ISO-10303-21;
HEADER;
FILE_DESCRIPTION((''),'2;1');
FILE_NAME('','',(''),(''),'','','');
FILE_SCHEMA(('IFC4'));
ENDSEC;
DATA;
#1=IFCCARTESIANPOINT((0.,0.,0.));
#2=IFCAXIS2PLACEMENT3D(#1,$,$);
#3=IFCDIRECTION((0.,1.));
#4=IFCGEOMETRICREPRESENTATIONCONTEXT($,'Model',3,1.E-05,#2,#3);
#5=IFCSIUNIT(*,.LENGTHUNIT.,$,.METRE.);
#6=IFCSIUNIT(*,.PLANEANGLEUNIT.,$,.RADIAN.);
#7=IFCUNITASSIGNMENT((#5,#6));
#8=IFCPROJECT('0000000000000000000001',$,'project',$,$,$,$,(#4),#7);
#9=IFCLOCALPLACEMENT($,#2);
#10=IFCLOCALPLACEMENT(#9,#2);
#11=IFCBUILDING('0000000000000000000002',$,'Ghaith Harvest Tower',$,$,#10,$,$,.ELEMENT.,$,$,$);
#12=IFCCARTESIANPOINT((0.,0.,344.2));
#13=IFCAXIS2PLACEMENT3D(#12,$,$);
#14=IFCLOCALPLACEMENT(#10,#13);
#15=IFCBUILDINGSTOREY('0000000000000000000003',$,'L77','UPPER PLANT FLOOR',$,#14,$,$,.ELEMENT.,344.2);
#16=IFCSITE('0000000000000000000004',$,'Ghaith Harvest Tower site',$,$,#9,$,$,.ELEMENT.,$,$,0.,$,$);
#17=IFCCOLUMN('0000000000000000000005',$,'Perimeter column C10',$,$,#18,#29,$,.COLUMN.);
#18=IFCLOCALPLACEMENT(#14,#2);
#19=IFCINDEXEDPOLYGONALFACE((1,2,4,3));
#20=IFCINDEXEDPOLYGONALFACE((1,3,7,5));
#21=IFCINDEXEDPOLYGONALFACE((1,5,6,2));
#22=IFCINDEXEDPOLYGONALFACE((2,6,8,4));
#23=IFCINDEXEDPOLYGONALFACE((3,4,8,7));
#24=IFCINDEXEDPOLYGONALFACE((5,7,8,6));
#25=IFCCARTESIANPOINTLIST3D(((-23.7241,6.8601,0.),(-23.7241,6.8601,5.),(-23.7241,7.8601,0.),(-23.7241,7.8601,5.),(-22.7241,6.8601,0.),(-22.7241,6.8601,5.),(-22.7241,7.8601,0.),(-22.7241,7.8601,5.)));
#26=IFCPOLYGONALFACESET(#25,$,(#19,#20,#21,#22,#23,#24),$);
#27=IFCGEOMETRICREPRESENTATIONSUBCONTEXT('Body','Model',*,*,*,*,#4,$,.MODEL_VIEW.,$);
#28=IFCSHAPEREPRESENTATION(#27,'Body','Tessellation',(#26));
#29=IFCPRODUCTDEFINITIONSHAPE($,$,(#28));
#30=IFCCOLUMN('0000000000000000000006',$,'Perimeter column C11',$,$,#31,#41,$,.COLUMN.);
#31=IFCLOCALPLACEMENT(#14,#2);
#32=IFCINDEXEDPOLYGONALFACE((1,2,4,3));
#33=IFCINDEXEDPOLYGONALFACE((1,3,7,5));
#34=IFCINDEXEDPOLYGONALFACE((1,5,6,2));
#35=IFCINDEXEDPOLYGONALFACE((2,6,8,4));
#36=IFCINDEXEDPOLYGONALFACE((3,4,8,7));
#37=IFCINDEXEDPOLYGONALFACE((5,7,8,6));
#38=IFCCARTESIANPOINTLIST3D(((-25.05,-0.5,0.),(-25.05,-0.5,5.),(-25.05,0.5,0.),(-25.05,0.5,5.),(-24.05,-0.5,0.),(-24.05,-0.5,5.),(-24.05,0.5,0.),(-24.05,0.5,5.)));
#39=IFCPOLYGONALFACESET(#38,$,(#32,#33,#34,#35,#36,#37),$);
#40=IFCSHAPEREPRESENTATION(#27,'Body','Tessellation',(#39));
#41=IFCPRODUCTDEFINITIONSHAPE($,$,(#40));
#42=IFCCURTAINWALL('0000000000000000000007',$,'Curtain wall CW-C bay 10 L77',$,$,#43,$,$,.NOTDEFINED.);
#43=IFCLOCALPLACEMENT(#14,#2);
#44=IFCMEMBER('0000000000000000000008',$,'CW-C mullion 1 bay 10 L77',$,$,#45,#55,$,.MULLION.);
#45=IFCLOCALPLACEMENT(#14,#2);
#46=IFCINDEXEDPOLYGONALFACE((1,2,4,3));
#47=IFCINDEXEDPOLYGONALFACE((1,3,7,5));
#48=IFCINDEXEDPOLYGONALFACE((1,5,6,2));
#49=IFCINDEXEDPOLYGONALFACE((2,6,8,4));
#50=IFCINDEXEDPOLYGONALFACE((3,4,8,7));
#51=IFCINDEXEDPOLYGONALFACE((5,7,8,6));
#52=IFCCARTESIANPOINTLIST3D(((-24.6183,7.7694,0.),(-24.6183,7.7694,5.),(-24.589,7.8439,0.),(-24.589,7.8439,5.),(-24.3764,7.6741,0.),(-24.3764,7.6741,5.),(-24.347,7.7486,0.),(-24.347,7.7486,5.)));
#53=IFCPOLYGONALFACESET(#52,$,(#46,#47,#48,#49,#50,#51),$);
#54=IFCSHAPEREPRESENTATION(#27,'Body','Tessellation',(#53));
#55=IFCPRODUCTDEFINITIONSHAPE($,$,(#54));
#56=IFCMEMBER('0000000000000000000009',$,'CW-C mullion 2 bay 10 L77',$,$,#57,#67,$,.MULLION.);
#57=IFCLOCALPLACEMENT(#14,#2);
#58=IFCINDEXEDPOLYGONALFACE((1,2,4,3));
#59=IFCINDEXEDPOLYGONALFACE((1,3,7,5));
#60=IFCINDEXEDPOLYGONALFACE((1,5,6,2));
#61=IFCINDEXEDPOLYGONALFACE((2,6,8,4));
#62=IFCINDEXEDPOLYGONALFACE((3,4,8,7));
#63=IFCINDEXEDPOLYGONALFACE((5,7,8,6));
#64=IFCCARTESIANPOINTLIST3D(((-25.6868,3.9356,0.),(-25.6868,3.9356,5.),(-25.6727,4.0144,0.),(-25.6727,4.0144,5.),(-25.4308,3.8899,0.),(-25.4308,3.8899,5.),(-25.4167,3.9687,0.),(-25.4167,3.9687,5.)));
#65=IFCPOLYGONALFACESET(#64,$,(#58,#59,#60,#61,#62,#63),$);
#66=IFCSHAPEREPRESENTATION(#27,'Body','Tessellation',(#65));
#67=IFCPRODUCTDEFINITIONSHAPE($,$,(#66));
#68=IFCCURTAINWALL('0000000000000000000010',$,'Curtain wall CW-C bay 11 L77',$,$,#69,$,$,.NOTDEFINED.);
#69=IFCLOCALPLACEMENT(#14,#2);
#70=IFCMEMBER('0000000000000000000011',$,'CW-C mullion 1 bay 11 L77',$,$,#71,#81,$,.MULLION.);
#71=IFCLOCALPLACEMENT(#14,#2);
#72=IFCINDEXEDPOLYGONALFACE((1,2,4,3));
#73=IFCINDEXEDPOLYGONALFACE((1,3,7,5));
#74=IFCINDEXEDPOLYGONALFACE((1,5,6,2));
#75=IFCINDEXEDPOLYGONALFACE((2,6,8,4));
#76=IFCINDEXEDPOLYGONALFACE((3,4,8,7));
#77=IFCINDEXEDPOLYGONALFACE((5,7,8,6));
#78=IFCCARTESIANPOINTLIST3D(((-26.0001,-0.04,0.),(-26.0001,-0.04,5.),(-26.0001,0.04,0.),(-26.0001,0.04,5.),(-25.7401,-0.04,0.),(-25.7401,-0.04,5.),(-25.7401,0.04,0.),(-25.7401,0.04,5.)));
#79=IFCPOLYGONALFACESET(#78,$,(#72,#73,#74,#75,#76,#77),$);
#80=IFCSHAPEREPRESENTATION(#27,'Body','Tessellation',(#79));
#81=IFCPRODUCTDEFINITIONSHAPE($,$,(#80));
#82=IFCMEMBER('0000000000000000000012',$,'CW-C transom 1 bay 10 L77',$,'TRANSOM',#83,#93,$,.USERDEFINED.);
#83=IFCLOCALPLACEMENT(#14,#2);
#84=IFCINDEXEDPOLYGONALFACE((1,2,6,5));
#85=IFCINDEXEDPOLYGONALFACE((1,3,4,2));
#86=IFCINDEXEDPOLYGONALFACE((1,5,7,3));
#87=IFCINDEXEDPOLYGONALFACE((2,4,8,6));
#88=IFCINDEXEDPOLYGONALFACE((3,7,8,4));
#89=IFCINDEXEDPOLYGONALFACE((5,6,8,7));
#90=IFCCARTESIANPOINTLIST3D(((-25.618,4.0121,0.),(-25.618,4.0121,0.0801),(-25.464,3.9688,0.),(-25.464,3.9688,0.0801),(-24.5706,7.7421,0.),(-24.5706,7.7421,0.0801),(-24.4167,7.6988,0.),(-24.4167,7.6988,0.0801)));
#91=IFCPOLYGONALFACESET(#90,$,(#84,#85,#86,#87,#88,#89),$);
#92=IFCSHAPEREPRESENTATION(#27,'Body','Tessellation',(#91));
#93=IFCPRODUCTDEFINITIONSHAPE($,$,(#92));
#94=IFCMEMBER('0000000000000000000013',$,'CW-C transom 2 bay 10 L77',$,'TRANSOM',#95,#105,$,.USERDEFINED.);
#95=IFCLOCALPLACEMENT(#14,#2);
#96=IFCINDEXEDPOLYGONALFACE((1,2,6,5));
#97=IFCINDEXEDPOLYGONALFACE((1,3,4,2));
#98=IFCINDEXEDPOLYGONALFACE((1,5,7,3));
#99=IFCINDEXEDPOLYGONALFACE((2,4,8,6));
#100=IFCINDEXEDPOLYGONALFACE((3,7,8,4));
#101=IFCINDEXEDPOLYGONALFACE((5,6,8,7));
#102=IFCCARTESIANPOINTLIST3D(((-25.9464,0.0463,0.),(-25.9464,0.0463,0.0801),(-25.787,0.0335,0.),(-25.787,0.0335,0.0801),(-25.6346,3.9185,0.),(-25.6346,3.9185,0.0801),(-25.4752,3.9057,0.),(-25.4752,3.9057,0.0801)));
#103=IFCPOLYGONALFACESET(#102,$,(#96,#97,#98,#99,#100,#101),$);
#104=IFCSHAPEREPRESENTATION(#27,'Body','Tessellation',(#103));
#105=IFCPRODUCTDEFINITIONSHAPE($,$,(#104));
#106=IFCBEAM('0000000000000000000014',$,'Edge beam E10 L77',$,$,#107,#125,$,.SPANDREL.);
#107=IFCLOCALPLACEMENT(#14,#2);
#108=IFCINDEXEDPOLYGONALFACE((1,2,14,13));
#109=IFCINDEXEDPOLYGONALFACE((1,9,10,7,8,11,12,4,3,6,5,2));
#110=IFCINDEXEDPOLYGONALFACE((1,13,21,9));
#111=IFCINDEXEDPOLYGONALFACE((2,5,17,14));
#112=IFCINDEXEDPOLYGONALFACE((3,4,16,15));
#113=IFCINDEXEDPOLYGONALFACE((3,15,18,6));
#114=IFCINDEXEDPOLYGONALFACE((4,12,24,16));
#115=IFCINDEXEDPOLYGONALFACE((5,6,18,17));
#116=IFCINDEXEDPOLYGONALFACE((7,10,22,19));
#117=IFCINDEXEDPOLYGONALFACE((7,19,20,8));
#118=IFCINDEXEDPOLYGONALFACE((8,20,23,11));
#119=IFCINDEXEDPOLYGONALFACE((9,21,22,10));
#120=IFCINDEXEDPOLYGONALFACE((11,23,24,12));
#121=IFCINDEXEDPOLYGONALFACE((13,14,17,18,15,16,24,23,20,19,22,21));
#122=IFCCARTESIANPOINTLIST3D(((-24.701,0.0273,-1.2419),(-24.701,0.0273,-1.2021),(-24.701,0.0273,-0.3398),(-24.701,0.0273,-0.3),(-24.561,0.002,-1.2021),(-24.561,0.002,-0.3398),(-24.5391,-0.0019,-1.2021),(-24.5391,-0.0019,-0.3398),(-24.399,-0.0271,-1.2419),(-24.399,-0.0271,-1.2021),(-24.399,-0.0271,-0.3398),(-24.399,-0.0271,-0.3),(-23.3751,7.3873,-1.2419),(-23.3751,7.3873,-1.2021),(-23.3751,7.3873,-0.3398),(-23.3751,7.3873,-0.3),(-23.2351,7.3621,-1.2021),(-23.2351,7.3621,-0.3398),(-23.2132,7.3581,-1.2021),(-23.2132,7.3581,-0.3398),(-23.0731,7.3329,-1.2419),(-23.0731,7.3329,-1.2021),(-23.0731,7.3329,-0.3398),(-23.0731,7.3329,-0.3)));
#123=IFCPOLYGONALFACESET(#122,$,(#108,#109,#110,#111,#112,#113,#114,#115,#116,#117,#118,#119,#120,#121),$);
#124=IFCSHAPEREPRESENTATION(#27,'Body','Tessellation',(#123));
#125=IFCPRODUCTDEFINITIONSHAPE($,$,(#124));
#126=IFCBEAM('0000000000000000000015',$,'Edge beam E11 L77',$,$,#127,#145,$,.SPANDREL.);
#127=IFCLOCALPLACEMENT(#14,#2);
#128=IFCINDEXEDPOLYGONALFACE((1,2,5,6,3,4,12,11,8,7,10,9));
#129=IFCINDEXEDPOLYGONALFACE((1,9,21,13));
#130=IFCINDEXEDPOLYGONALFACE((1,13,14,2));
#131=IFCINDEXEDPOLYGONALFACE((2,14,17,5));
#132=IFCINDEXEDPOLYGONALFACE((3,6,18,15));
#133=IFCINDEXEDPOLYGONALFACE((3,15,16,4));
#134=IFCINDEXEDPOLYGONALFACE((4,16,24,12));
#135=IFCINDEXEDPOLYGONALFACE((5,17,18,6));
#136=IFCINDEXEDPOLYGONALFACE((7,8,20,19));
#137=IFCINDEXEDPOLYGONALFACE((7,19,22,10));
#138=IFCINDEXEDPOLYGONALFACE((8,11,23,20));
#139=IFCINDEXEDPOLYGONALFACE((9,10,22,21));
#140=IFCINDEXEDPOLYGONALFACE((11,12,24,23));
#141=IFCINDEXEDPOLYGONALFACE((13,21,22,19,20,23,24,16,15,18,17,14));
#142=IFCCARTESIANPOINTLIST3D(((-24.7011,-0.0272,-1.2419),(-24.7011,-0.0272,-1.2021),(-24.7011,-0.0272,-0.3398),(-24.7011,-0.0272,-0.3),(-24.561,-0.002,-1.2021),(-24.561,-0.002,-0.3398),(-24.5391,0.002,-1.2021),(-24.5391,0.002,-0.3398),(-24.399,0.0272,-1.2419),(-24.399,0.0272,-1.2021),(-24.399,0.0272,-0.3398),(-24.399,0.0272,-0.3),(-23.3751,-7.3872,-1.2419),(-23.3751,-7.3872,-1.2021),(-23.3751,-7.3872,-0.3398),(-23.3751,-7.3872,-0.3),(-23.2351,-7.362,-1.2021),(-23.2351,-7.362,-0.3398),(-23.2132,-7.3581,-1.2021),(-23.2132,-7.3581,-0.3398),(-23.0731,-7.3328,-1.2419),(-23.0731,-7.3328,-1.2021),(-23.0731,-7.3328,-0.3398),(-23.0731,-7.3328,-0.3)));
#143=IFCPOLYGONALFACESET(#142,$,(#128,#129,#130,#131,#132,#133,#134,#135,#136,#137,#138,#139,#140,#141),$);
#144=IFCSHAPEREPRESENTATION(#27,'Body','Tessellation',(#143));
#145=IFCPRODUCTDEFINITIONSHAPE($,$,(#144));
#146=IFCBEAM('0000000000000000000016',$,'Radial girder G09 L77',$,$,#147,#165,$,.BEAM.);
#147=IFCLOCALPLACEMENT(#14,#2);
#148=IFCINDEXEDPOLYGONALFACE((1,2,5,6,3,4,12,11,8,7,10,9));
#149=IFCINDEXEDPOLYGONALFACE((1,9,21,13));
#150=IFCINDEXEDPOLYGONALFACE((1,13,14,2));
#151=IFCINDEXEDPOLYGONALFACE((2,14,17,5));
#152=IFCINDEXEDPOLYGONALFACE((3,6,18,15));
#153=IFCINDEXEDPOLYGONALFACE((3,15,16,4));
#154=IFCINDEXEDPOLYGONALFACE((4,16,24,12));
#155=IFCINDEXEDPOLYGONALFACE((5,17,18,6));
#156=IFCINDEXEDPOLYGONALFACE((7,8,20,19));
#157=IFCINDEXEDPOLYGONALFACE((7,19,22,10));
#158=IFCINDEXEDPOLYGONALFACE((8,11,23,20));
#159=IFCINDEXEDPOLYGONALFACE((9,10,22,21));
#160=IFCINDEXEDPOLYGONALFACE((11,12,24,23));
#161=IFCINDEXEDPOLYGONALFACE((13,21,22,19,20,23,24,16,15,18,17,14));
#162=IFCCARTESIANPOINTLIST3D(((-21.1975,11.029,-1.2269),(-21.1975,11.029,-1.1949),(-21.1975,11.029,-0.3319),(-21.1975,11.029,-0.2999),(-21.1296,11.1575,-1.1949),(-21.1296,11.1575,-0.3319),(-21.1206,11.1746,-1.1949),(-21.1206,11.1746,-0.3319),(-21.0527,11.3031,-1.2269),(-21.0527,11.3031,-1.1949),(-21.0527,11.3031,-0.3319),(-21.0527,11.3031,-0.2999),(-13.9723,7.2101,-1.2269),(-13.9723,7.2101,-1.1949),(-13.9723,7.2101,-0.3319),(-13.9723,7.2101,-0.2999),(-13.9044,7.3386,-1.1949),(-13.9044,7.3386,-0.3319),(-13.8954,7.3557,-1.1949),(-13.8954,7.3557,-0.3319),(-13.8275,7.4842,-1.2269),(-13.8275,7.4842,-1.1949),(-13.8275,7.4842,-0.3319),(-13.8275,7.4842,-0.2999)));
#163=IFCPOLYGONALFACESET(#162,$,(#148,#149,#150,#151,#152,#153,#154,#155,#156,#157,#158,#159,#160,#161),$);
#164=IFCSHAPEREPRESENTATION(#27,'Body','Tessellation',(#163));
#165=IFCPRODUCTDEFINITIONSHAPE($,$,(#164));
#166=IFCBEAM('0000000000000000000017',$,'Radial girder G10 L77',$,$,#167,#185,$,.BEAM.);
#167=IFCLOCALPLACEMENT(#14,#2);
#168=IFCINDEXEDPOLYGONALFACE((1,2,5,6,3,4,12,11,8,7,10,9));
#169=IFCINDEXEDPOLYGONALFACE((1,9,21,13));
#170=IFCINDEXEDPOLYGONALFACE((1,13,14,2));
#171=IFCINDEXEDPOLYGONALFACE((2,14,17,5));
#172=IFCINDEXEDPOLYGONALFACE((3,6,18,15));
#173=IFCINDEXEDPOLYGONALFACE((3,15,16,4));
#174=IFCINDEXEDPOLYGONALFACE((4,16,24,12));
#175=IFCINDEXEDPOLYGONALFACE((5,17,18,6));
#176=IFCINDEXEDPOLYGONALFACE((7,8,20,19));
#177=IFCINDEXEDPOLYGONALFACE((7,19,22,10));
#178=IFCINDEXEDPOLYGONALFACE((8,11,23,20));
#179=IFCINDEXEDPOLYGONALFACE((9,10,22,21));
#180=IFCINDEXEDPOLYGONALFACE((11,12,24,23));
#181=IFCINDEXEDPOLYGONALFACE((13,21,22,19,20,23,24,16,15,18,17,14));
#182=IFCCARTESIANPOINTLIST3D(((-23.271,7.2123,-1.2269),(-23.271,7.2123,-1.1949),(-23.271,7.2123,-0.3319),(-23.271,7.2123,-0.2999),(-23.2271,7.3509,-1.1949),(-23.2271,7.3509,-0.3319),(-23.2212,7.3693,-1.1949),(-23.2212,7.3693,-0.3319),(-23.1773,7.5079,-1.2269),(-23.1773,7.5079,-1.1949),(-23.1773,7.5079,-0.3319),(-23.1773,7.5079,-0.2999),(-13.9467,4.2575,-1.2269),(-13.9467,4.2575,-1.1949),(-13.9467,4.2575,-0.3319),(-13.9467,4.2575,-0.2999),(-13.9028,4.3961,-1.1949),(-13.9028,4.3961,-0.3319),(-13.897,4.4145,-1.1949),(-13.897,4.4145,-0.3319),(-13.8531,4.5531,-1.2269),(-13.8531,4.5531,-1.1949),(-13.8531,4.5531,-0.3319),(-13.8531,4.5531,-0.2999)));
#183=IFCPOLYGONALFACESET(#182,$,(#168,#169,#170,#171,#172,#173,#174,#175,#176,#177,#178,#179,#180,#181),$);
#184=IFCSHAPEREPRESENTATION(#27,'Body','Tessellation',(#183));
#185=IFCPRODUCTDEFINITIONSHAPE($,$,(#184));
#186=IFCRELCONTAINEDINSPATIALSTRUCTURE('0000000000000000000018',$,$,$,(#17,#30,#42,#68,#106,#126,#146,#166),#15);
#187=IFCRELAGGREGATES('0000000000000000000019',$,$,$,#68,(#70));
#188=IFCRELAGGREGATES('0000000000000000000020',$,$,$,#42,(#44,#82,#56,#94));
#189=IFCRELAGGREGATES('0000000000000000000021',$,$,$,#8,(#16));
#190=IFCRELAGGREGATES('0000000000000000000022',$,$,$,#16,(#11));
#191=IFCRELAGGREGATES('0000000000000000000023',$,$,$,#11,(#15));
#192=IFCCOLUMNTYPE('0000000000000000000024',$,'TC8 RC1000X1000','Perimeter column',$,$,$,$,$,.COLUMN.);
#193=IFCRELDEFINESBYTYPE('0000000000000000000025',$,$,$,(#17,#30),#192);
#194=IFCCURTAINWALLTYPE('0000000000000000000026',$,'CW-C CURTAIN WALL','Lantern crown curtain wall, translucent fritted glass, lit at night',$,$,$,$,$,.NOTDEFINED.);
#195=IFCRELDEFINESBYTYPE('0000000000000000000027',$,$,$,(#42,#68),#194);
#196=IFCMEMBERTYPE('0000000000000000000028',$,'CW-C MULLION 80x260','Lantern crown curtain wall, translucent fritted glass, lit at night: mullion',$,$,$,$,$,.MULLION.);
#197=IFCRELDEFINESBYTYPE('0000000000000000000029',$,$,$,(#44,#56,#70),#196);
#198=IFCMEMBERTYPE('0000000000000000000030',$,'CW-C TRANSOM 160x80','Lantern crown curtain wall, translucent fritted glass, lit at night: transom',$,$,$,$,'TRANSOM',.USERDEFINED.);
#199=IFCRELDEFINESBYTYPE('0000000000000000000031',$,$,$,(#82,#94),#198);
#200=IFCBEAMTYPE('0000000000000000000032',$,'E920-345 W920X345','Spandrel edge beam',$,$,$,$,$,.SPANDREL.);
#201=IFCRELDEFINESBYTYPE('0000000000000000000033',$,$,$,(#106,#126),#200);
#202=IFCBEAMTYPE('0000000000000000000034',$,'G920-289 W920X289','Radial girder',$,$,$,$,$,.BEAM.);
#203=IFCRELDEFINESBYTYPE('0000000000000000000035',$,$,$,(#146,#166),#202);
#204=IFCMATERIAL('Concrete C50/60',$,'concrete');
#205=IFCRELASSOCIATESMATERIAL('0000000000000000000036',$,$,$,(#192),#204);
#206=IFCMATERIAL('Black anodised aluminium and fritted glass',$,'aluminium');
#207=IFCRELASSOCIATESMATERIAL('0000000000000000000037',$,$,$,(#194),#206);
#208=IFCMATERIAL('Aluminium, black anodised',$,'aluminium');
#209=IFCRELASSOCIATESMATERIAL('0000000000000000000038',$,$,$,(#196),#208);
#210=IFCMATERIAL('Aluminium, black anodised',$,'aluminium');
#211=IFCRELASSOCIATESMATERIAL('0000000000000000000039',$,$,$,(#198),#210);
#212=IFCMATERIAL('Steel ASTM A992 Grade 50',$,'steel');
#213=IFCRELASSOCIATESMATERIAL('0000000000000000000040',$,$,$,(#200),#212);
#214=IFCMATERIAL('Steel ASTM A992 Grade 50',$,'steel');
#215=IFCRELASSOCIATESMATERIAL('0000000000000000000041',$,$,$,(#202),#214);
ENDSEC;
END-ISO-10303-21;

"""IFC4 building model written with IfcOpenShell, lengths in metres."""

from ifc_helpers import new_model, si_unit, direction, frame, origin, origin_2d, place, context, subcontext, project, spatial, rectangle, i_section, extrude, material, material_profile, profile_set, type_object, element, aggregate, save


model = new_model("IFC4")

# Units and contexts
model_context = context("Model", 3, precision=1e-05, world=origin(), true_north=direction((0.0, 1.0)))
body_context = subcontext(model_context, "Body", "Model", "MODEL_VIEW")
ifc_project = project(units=[si_unit("LENGTHUNIT", "METRE"), si_unit("PLANEANGLEUNIT", "RADIAN")], contexts=[model_context])

# Site, building, storey
site_placement = place(None, origin())
site = spatial("IfcSite", under=ifc_project, at=site_placement, Name="Ghaith Harvest Tower site", CompositionType="ELEMENT", RefElevation=0.0)
building_placement = place(site_placement, origin())
building = spatial("IfcBuilding", under=site, at=building_placement, Name="Ghaith Harvest Tower", CompositionType="ELEMENT")
storey_placement = place(building_placement, frame((0.0, 0.0, 344.2)))
storey = spatial("IfcBuildingStorey", under=building, at=storey_placement, Name="L77", Description="UPPER PLANT FLOOR", CompositionType="ELEMENT", Elevation=344.2)

# Columns
ifc_material_1 = material(Name="Concrete C50/60", Category="concrete")
ifc_material_profile_1 = material_profile(ifc_material_1, rectangle(XDim=1.0, YDim=1.0, at=origin_2d()), Name="RC1000X1000")
ifc_profile_set_1 = profile_set([ifc_material_profile_1], Name="Concrete C50/60")
column_type = type_object("IfcColumnType", Name="TC8 RC1000X1000", Description="Perimeter column", PredefinedType="COLUMN", material=ifc_profile_set_1)
for number, where, z_axis, x_axis, name in (
    (1, (-23.2241, 7.3601, 0.0), (0.0, 0.0, 1.0), (1.0, 0.0, 0.0), "Perimeter column C10"),
    (2, (-24.55, 0.0, 0.0), (0.0, 0.0, 1.0), (1.0, 0.0, 0.0), "Perimeter column C11"),
):
    element("IfcColumn", number, at=place(storey_placement, frame(where, z_axis=z_axis, x_axis=x_axis)), inside=storey, type_object=column_type, Name=name, PredefinedType="COLUMN", context=body_context, shape_type="SweptSolid", body=[
        extrude(rectangle(XDim=1.0, YDim=1.0, at=origin_2d()), origin(), (0.0, 0.0, 1.0), 5.0),
    ])

# Curtain wall, members
ifc_material_2 = material(Name="Black anodised aluminium and fritted glass", Category="aluminium")
curtain_wall_type = type_object("IfcCurtainWallType", Name="CW-C CURTAIN WALL", Description="Lantern crown curtain wall, translucent fritted glass, lit at night", PredefinedType="NOTDEFINED", material=ifc_material_2)
curtain_wall_1_placement = place(storey_placement, origin())
curtain_wall_1 = element("IfcCurtainWall", 3, at=curtain_wall_1_placement, inside=storey, type_object=curtain_wall_type, Name="Curtain wall CW-C bay 10 L77", PredefinedType="NOTDEFINED")
ifc_material_3 = material(Name="Aluminium, black anodised", Category="aluminium")
ifc_material_profile_2 = material_profile(ifc_material_3, rectangle(XDim=0.0801, YDim=0.26, at=origin_2d()), Name="CW-C MULLION 80x260")
ifc_profile_set_2 = profile_set([ifc_material_profile_2], Name="Aluminium, black anodised")
member_type_1 = type_object("IfcMemberType", Name="CW-C MULLION 80x260", Description="Lantern crown curtain wall, translucent fritted glass, lit at night: mullion", PredefinedType="MULLION", material=ifc_profile_set_2)
member_1_placement = place(storey_placement, frame((-24.4827, 7.759, 0.0), z_axis=(0.0, 0.0, 1.0), x_axis=(-0.366473, -0.930429, 0.0)))
member_1 = element("IfcMember", 4, at=member_1_placement, type_object=member_type_1, Name="CW-C mullion 1 bay 10 L77", PredefinedType="MULLION", context=body_context, shape_type="SweptSolid", body=[
    extrude(rectangle(XDim=0.0801, YDim=0.26, at=origin_2d()), origin(), (0.0, 0.0, 1.0), 5.0),
])
member_2_placement = place(storey_placement, frame((-25.5518, 3.9521, 0.0), z_axis=(0.0, 0.0, 1.0), x_axis=(-0.176001, -0.98439, 0.0)))
member_2 = element("IfcMember", 5, at=member_2_placement, type_object=member_type_1, Name="CW-C mullion 2 bay 10 L77", PredefinedType="MULLION", context=body_context, shape_type="SweptSolid", body=[
    extrude(rectangle(XDim=0.0801, YDim=0.26, at=origin_2d()), origin(), (0.0, 0.0, 1.0), 5.0),
])

# Curtain wall, member
curtain_wall_2_placement = place(storey_placement, origin())
curtain_wall_2 = element("IfcCurtainWall", 6, at=curtain_wall_2_placement, inside=storey, type_object=curtain_wall_type, Name="Curtain wall CW-C bay 11 L77", PredefinedType="NOTDEFINED")
member_3_placement = place(storey_placement, frame((-25.8701, 0.0, 0.0), z_axis=(0.0, 0.0, 1.0), x_axis=(0.0, -1.0, 0.0)))
member_3 = element("IfcMember", 7, at=member_3_placement, type_object=member_type_1, Name="CW-C mullion 1 bay 11 L77", PredefinedType="MULLION", context=body_context, shape_type="SweptSolid", body=[
    extrude(rectangle(XDim=0.0801, YDim=0.26, at=origin_2d()), origin(), (0.0, 0.0, 1.0), 5.0),
])
aggregate(curtain_wall_2, [member_3])

# Members
ifc_material_4 = material(Name="Aluminium, black anodised", Category="aluminium")
ifc_material_profile_3 = material_profile(ifc_material_4, rectangle(XDim=0.1599, YDim=0.0801, at=origin_2d()), Name="CW-C TRANSOM 160x80")
ifc_profile_set_3 = profile_set([ifc_material_profile_3], Name="Aluminium, black anodised")
member_type_2 = type_object("IfcMemberType", Name="CW-C TRANSOM 160x80", Description="Lantern crown curtain wall, translucent fritted glass, lit at night: transom", ElementType="TRANSOM", PredefinedType="USERDEFINED", material=ifc_profile_set_3)
member_4_placement = place(storey_placement, frame((-24.4937, 7.7205, 0.04), z_axis=(-0.27034, -0.962765, 0.0), x_axis=(0.962765, -0.27034, 0.0)))
member_4 = element("IfcMember", 8, at=member_4_placement, type_object=member_type_2, Name="CW-C transom 1 bay 10 L77", ObjectType="TRANSOM", PredefinedType="USERDEFINED", context=body_context, shape_type="SweptSolid", body=[
    extrude(rectangle(XDim=0.1599, YDim=0.0801, at=origin_2d()), origin(), (0.0, 0.0, 1.0), 3.8743),
])
member_5_placement = place(storey_placement, frame((-25.5549, 3.9121, 0.04), z_axis=(-0.080252, -0.996775, 0.0), x_axis=(0.996775, -0.080252, 0.0)))
member_5 = element("IfcMember", 9, at=member_5_placement, type_object=member_type_2, Name="CW-C transom 2 bay 10 L77", ObjectType="TRANSOM", PredefinedType="USERDEFINED", context=body_context, shape_type="SweptSolid", body=[
    extrude(rectangle(XDim=0.1599, YDim=0.0801, at=origin_2d()), origin(), (0.0, 0.0, 1.0), 3.8848),
])

# Beams
ifc_material_5 = material(Name="Steel ASTM A992 Grade 50", Category="steel")
ifc_material_profile_4 = material_profile(ifc_material_5, i_section(OverallWidth=0.3069, OverallDepth=0.9419, WebThickness=0.0222, FlangeThickness=0.0398, at=origin_2d()), Name="W920X345")
ifc_profile_set_4 = profile_set([ifc_material_profile_4], Name="Steel ASTM A992 Grade 50")
beam_type_1 = type_object("IfcBeamType", Name="E920-345 W920X345", Description="Spandrel edge beam", PredefinedType="SPANDREL", material=ifc_profile_set_4)
for number, where, z_axis, x_axis, name in (
    (10, (-23.2241, 7.3601, -0.771), (-0.177297, -0.984157, 0.0), (0.984157, -0.177297, 0.0), "Edge beam E10 L77"),
    (11, (-24.55, 0.0, -0.771), (0.177297, -0.984157, 0.0), (0.984157, 0.177297, 0.0), "Edge beam E11 L77"),
):
    element("IfcBeam", number, at=place(storey_placement, frame(where, z_axis=z_axis, x_axis=x_axis)), inside=storey, type_object=beam_type_1, Name=name, PredefinedType="SPANDREL", context=body_context, shape_type="SweptSolid", body=[
        extrude(i_section(OverallWidth=0.3069, OverallDepth=0.9419, WebThickness=0.0222, FlangeThickness=0.0398, at=origin_2d()), origin(), (0.0, 0.0, 1.0), 7.4785),
    ])
ifc_material_6 = material(Name="Steel ASTM A992 Grade 50", Category="steel")
ifc_material_profile_5 = material_profile(ifc_material_6, i_section(OverallWidth=0.3101, OverallDepth=0.927, WebThickness=0.0193, FlangeThickness=0.032, at=origin_2d()), Name="W920X289")
ifc_profile_set_5 = profile_set([ifc_material_profile_5], Name="Steel ASTM A992 Grade 50")
beam_type_2 = type_object("IfcBeamType", Name="G920-289 W920X289", Description="Radial girder", PredefinedType="BEAM", material=ifc_profile_set_5)
beam_1_placement = place(storey_placement, frame((-13.8999, 7.3472, -0.7634), z_axis=(-0.884102, 0.467295, 0.0), x_axis=(-0.467295, -0.884102, 0.0)))
element("IfcBeam", 12, at=beam_1_placement, inside=storey, type_object=beam_type_2, Name="Radial girder G09 L77", PredefinedType="BEAM", context=body_context, shape_type="SweptSolid", body=[
    extrude(i_section(OverallWidth=0.3101, OverallDepth=0.927, WebThickness=0.0193, FlangeThickness=0.032, at=origin_2d()), origin(), (0.0, 0.0, 1.0), 8.1724),
])
beam_2_placement = place(storey_placement, frame((-13.8999, 4.4053, -0.7634), z_axis=(-0.953279, 0.302093, 0.0), x_axis=(-0.302093, -0.953279, 0.0)))
element("IfcBeam", 13, at=beam_2_placement, inside=storey, type_object=beam_type_2, Name="Radial girder G10 L77", PredefinedType="BEAM", context=body_context, shape_type="SweptSolid", body=[
    extrude(i_section(OverallWidth=0.3101, OverallDepth=0.927, WebThickness=0.0193, FlangeThickness=0.032, at=origin_2d()), origin(), (0.0, 0.0, 1.0), 9.7812),
])

aggregate(curtain_wall_1, [member_1, member_4, member_2, member_5])

save(model, "model.ifc")
